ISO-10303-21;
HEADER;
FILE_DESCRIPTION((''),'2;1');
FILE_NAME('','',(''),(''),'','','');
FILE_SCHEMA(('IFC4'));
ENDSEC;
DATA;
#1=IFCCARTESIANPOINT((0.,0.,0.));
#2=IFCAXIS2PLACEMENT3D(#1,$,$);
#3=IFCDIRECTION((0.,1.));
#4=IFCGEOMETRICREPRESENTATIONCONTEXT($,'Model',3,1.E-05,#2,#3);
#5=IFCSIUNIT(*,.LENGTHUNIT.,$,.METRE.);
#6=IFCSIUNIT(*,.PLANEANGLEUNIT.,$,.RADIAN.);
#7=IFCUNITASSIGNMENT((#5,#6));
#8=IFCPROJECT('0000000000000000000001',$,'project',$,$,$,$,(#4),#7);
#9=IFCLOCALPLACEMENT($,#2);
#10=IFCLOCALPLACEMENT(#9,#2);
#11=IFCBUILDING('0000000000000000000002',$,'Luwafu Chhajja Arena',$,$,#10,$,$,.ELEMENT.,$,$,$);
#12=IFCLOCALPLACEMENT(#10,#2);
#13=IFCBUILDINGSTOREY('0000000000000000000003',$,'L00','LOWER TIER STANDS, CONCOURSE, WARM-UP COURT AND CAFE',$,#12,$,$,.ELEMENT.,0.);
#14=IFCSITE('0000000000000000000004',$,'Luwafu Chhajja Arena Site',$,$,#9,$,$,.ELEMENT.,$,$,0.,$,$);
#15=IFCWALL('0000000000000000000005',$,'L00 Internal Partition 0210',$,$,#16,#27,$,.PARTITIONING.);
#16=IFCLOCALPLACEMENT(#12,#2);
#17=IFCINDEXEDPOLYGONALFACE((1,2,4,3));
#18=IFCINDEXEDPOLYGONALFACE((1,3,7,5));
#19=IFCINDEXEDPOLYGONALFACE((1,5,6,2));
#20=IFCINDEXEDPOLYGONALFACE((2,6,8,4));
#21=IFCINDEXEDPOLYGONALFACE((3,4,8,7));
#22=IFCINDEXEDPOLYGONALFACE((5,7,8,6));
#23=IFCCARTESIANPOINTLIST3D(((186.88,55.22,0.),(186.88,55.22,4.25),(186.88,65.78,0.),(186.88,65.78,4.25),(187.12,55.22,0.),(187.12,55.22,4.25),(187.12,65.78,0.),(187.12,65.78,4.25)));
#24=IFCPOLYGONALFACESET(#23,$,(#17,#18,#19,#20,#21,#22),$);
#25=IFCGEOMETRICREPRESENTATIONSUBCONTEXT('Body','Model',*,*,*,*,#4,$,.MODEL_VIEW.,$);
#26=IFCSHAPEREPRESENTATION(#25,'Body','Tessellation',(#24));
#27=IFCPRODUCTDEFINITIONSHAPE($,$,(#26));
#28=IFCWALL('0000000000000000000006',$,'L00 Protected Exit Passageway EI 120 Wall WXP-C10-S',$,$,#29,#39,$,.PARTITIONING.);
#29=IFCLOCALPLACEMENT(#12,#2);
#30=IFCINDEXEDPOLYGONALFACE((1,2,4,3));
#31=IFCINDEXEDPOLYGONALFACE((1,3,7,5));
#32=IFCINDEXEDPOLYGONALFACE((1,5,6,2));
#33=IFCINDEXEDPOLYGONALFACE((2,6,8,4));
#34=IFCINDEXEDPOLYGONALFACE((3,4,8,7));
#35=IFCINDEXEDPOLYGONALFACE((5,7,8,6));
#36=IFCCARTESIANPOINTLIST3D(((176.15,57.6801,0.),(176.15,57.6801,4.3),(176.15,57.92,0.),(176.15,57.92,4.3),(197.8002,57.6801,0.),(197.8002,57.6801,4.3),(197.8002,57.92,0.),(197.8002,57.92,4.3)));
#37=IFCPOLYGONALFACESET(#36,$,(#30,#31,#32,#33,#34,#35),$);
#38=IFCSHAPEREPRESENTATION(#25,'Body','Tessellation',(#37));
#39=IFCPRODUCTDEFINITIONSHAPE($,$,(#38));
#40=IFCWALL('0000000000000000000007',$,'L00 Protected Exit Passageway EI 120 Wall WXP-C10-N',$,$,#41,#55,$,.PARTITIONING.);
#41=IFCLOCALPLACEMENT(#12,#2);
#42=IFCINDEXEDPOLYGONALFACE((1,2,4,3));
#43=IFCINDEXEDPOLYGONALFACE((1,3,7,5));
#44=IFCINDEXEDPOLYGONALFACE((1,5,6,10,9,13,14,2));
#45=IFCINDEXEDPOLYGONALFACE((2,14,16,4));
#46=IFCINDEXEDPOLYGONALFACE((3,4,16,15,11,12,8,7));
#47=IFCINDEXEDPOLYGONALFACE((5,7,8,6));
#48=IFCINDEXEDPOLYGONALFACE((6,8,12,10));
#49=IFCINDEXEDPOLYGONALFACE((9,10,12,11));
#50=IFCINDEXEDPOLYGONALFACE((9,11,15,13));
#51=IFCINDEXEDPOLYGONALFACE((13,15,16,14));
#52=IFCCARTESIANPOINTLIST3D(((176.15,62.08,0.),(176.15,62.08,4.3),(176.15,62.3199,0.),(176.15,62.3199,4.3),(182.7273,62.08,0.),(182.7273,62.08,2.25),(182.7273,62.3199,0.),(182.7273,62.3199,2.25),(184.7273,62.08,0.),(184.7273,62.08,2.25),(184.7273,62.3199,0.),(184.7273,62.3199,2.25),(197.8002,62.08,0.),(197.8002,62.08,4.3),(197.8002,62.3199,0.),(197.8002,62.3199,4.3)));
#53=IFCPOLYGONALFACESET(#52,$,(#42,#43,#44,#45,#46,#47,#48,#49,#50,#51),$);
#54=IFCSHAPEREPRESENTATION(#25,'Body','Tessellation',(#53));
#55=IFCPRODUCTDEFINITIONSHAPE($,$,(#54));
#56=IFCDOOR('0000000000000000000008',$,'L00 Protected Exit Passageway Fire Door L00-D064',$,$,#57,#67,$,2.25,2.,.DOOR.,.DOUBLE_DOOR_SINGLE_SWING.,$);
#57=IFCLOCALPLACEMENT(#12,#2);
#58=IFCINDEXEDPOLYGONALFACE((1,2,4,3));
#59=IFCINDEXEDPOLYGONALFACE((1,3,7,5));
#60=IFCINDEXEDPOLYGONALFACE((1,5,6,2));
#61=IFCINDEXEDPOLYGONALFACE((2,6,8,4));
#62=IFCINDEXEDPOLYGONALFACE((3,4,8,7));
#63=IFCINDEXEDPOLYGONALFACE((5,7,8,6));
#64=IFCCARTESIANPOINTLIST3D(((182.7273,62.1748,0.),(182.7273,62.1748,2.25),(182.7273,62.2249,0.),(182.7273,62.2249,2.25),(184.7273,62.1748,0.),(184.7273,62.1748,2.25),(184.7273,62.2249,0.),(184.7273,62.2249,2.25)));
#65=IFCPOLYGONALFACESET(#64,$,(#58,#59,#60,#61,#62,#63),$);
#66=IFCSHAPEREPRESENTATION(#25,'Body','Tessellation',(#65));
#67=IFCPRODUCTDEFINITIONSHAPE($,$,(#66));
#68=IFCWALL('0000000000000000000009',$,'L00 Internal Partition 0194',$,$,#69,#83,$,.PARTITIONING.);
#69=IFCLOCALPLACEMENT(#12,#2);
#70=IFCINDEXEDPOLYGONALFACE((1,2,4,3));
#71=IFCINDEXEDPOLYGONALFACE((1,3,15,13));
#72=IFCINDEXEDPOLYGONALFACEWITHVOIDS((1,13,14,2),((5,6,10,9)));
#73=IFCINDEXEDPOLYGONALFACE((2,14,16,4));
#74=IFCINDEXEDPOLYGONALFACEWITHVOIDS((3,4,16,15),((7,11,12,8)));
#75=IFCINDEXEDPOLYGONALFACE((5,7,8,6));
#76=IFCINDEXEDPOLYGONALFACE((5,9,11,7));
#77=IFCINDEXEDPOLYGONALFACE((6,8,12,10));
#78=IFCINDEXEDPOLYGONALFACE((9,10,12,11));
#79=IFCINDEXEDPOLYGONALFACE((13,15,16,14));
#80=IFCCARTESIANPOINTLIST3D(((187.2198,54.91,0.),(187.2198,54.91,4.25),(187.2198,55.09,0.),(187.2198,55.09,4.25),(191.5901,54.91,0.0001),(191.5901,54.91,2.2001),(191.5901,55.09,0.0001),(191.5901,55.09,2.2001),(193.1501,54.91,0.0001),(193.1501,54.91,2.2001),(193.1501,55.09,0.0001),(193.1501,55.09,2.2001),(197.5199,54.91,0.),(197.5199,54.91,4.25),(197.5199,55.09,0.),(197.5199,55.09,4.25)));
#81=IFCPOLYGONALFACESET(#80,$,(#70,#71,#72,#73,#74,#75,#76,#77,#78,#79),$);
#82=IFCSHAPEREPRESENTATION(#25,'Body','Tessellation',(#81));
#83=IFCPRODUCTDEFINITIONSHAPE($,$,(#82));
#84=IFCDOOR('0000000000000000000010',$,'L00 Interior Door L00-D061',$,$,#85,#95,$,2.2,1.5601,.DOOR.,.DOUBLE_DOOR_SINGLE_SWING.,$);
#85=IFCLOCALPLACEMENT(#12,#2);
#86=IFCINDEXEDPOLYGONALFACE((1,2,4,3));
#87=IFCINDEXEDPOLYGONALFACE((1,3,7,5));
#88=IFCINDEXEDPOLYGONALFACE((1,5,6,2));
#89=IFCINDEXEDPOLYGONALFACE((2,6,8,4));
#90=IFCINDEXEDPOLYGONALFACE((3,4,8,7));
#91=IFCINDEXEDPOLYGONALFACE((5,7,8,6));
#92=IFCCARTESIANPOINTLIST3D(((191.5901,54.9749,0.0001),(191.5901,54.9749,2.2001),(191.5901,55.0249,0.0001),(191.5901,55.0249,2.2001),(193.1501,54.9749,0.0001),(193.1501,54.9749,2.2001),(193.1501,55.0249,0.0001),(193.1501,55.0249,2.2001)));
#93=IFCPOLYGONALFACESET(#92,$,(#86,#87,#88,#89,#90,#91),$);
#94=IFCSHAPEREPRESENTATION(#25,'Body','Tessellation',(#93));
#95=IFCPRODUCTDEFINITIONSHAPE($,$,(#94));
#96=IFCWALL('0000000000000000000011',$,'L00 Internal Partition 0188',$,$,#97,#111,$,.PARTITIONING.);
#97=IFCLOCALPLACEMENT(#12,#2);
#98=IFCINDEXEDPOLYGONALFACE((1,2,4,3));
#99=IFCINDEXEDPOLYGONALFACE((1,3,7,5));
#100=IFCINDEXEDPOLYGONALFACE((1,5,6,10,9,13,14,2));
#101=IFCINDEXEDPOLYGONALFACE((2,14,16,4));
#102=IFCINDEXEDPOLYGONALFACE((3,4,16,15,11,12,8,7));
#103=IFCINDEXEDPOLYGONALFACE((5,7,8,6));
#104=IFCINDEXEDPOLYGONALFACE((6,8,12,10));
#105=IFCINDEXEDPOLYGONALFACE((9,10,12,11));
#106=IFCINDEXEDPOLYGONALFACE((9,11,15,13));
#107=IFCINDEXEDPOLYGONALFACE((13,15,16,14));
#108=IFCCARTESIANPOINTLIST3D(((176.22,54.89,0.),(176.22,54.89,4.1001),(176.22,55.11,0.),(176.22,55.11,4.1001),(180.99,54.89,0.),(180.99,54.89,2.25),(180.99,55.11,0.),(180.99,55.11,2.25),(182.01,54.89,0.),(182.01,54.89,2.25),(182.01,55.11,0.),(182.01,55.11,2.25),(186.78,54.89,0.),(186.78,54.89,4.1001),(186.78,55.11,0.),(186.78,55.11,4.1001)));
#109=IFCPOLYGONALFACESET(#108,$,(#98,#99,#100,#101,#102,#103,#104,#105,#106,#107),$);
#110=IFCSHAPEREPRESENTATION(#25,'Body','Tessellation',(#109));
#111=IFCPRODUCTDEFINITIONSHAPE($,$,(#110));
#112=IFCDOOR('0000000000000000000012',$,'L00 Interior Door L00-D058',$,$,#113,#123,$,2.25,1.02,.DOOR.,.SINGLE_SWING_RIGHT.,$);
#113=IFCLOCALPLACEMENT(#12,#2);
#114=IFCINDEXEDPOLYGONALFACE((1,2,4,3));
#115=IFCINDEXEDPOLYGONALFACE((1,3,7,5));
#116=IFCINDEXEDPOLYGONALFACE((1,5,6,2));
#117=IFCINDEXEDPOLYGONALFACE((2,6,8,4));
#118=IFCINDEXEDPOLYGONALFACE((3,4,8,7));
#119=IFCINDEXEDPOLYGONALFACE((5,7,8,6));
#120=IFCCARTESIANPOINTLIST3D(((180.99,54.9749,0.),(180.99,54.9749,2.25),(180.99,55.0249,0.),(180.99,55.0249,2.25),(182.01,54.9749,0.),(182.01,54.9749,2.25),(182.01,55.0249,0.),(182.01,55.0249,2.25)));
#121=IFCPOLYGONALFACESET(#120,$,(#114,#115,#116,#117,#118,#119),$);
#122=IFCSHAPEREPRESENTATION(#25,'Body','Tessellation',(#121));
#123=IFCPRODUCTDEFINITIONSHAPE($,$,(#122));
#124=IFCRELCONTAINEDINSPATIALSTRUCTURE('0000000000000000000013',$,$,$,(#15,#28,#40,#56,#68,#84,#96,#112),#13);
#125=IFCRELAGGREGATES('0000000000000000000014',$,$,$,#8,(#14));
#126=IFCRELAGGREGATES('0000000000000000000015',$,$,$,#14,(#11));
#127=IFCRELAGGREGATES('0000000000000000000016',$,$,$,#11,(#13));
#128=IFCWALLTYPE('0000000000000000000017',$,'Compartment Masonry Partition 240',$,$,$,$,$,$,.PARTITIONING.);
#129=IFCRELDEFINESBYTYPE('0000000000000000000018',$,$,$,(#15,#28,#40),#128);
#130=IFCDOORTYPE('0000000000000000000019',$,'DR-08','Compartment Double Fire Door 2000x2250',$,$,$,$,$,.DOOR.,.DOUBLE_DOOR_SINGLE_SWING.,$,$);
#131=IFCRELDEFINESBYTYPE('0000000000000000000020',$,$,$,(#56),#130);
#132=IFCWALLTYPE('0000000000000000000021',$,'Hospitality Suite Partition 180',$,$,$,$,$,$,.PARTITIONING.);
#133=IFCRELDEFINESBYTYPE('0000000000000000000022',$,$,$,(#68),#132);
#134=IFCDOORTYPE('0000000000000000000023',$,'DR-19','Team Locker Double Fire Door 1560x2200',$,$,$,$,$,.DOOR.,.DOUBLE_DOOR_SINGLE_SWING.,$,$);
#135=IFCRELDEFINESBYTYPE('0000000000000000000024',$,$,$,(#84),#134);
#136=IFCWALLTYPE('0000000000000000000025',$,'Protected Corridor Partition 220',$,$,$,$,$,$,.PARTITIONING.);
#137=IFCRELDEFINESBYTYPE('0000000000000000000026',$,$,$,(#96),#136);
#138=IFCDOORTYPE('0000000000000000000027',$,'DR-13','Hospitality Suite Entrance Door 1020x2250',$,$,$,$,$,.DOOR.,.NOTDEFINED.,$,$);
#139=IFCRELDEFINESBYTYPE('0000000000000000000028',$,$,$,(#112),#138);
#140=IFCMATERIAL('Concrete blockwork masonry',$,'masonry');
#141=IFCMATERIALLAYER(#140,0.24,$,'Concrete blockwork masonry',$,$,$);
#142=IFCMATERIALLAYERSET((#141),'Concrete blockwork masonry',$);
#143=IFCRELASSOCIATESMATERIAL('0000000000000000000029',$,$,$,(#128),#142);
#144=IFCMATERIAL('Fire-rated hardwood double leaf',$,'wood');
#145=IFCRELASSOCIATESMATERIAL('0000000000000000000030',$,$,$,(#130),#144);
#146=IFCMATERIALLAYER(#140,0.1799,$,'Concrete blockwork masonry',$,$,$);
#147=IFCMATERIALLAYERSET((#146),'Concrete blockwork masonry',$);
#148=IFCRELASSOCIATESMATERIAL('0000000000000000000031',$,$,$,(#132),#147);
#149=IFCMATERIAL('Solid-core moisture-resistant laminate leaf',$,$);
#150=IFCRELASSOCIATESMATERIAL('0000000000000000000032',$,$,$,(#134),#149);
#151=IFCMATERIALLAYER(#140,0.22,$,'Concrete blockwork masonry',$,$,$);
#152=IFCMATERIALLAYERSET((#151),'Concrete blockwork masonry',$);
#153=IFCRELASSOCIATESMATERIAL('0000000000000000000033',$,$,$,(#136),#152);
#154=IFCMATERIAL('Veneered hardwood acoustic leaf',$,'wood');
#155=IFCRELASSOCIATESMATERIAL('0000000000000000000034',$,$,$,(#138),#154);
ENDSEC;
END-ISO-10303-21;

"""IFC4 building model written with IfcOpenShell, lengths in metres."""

from ifc_helpers import new_model, si_unit, direction, frame, frame_2d, origin, place, context, subcontext, project, spatial, rectangle, extrude, material, layer, layer_set, type_object, element, fill, save


model = new_model("IFC4")

# Units and contexts
model_context = context("Model", 3, precision=1e-05, world=origin(), true_north=direction((0.0, 1.0)))
body_context = subcontext(model_context, "Body", "Model", "MODEL_VIEW")
ifc_project = project(units=[si_unit("LENGTHUNIT", "METRE"), si_unit("PLANEANGLEUNIT", "RADIAN")], contexts=[model_context])

# Site, building, storey
site_placement = place(None, origin())
site = spatial("IfcSite", under=ifc_project, at=site_placement, Name="Luwafu Chhajja Arena Site", CompositionType="ELEMENT", RefElevation=0.0)
building_placement = place(site_placement, origin())
building = spatial("IfcBuilding", under=site, at=building_placement, Name="Luwafu Chhajja Arena", CompositionType="ELEMENT")
storey_placement = place(building_placement, origin())
storey = spatial("IfcBuildingStorey", under=building, at=storey_placement, Name="L00", Description="LOWER TIER STANDS, CONCOURSE, WARM-UP COURT AND CAFE", CompositionType="ELEMENT", Elevation=0.0)

# Walls
ifc_material_1 = material(Name="Concrete blockwork masonry", Category="masonry")
ifc_layer_1 = layer(ifc_material_1, 0.24, Name="Concrete blockwork masonry")
ifc_layer_set_1 = layer_set([ifc_layer_1], Name="Concrete blockwork masonry")
wall_type_1 = type_object("IfcWallType", Name="Compartment Masonry Partition 240", PredefinedType="PARTITIONING", material=ifc_layer_set_1)
wall_1_placement = place(storey_placement, frame((187.0, 55.22, 0.0), z_axis=(0.0, 0.0, 1.0), x_axis=(0.0, 1.0, 0.0)))
element("IfcWall", 1, at=wall_1_placement, inside=storey, type_object=wall_type_1, Name="L00 Internal Partition 0210", PredefinedType="PARTITIONING", context=body_context, shape_type="SweptSolid", body=[
    extrude(rectangle(XDim=10.5601, YDim=0.24, at=frame_2d((5.28, 0.0))), origin(), (0.0, 0.0, 1.0), 4.25),
])
wall_2_placement = place(storey_placement, frame((176.1499, 57.8, 0.0), z_axis=(0.0, 0.0, 1.0), x_axis=(1.0, 0.0, 0.0)))
element("IfcWall", 2, at=wall_2_placement, inside=storey, type_object=wall_type_1, Name="L00 Protected Exit Passageway EI 120 Wall WXP-C10-S", PredefinedType="PARTITIONING", context=body_context, shape_type="SweptSolid", body=[
    extrude(rectangle(XDim=21.6501, YDim=0.24, at=frame_2d((10.8252, 0.0))), origin(), (0.0, 0.0, 1.0), 4.3),
])

# Walls, openings, doors
wall_3_placement = place(storey_placement, frame((176.1499, 62.2, 0.0), z_axis=(0.0, 0.0, 1.0), x_axis=(1.0, 0.0, 0.0)))
wall_3 = element("IfcWall", 3, at=wall_3_placement, inside=storey, type_object=wall_type_1, Name="L00 Protected Exit Passageway EI 120 Wall WXP-C10-N", PredefinedType="PARTITIONING", context=body_context, shape_type="SweptSolid", body=[
    extrude(rectangle(XDim=21.6501, YDim=0.24, at=frame_2d((10.8252, 0.0))), origin(), (0.0, 0.0, 1.0), 4.3),
])
opening_1_placement = place(wall_3_placement, frame((6.5774, 0.0, 0.0)))
opening_1 = element("IfcOpeningElement", 4, at=opening_1_placement, cuts=wall_3, PredefinedType="OPENING", context=body_context, shape_type="SweptSolid", body=[
    extrude(rectangle(XDim=2.0, YDim=2.25, at=frame_2d((1.0, 1.125))), frame((0.0, 0.1299, 0.0), z_axis=(0.0, -1.0, 0.0), x_axis=(1.0, 0.0, 0.0)), (0.0, 0.0, 1.0), 0.26),
])
ifc_material_2 = material(Name="Fire-rated hardwood double leaf", Category="wood")
door_type_1 = type_object("IfcDoorType", Name="DR-08", Description="Compartment Double Fire Door 2000x2250", OperationType="DOUBLE_DOOR_SINGLE_SWING", PredefinedType="DOOR", material=ifc_material_2)
door_1_placement = place(opening_1_placement, origin())
door_1 = element("IfcDoor", 5, at=door_1_placement, inside=storey, type_object=door_type_1, Name="L00 Protected Exit Passageway Fire Door L00-D064", OperationType="DOUBLE_DOOR_SINGLE_SWING", OverallHeight=2.25, OverallWidth=2.0, PredefinedType="DOOR", context=body_context, shape_type="SweptSolid", body=[
    extrude(rectangle(XDim=2.0, YDim=2.25, at=frame_2d((1.0, 1.125))), frame((0.0, 0.0249, 0.0), z_axis=(0.0, -1.0, 0.0), x_axis=(1.0, 0.0, 0.0)), (0.0, 0.0, 1.0), 0.05),
])
fill(opening_1, door_1)
ifc_layer_2 = layer(ifc_material_1, 0.1799, Name="Concrete blockwork masonry")
ifc_layer_set_2 = layer_set([ifc_layer_2], Name="Concrete blockwork masonry")
wall_type_2 = type_object("IfcWallType", Name="Hospitality Suite Partition 180", PredefinedType="PARTITIONING", material=ifc_layer_set_2)
wall_4_placement = place(storey_placement, frame((187.22, 55.0, 0.0), z_axis=(0.0, 0.0, 1.0), x_axis=(1.0, 0.0, 0.0)))
wall_4 = element("IfcWall", 6, at=wall_4_placement, inside=storey, type_object=wall_type_2, Name="L00 Internal Partition 0194", PredefinedType="PARTITIONING", context=body_context, shape_type="SweptSolid", body=[
    extrude(rectangle(XDim=10.3, YDim=0.1799, at=frame_2d((5.1499, 0.0))), origin(), (0.0, 0.0, 1.0), 4.25),
])
opening_2_placement = place(wall_4_placement, frame((4.3701, 0.0, 0.0)))
opening_2 = element("IfcOpeningElement", 7, at=opening_2_placement, cuts=wall_4, PredefinedType="OPENING", context=body_context, shape_type="SweptSolid", body=[
    extrude(rectangle(XDim=1.5601, YDim=2.2, at=frame_2d((0.78, 1.1001))), frame((0.0, 0.0999, 0.0), z_axis=(0.0, -1.0, 0.0), x_axis=(1.0, 0.0, 0.0)), (0.0, 0.0, 1.0), 0.2),
])
ifc_material_3 = material(Name="Solid-core moisture-resistant laminate leaf")
door_type_2 = type_object("IfcDoorType", Name="DR-19", Description="Team Locker Double Fire Door 1560x2200", OperationType="DOUBLE_DOOR_SINGLE_SWING", PredefinedType="DOOR", material=ifc_material_3)
door_2_placement = place(opening_2_placement, origin())
door_2 = element("IfcDoor", 8, at=door_2_placement, inside=storey, type_object=door_type_2, Name="L00 Interior Door L00-D061", OperationType="DOUBLE_DOOR_SINGLE_SWING", OverallHeight=2.2, OverallWidth=1.5601, PredefinedType="DOOR", context=body_context, shape_type="SweptSolid", body=[
    extrude(rectangle(XDim=1.5601, YDim=2.2, at=frame_2d((0.78, 1.1001))), frame((0.0, 0.0249, 0.0), z_axis=(0.0, -1.0, 0.0), x_axis=(1.0, 0.0, 0.0)), (0.0, 0.0, 1.0), 0.05),
])
fill(opening_2, door_2)
ifc_layer_3 = layer(ifc_material_1, 0.22, Name="Concrete blockwork masonry")
ifc_layer_set_3 = layer_set([ifc_layer_3], Name="Concrete blockwork masonry")
wall_type_3 = type_object("IfcWallType", Name="Protected Corridor Partition 220", PredefinedType="PARTITIONING", material=ifc_layer_set_3)
wall_5_placement = place(storey_placement, frame((176.22, 55.0, 0.0), z_axis=(0.0, 0.0, 1.0), x_axis=(1.0, 0.0, 0.0)))
wall_5 = element("IfcWall", 9, at=wall_5_placement, inside=storey, type_object=wall_type_3, Name="L00 Internal Partition 0188", PredefinedType="PARTITIONING", context=body_context, shape_type="SweptSolid", body=[
    extrude(rectangle(XDim=10.5601, YDim=0.22, at=frame_2d((5.28, 0.0))), origin(), (0.0, 0.0, 1.0), 4.1001),
])
opening_3_placement = place(wall_5_placement, frame((4.77, 0.0, 0.0)))
opening_3 = element("IfcOpeningElement", 10, at=opening_3_placement, cuts=wall_5, PredefinedType="OPENING", context=body_context, shape_type="SweptSolid", body=[
    extrude(rectangle(XDim=1.02, YDim=2.25, at=frame_2d((0.51, 1.125))), frame((0.0, 0.1199, 0.0), z_axis=(0.0, -1.0, 0.0), x_axis=(1.0, 0.0, 0.0)), (0.0, 0.0, 1.0), 0.24),
])
ifc_material_4 = material(Name="Veneered hardwood acoustic leaf", Category="wood")
door_type_3 = type_object("IfcDoorType", Name="DR-13", Description="Hospitality Suite Entrance Door 1020x2250", OperationType="NOTDEFINED", PredefinedType="DOOR", material=ifc_material_4)
door_3_placement = place(opening_3_placement, origin())
door_3 = element("IfcDoor", 11, at=door_3_placement, inside=storey, type_object=door_type_3, Name="L00 Interior Door L00-D058", OperationType="SINGLE_SWING_RIGHT", OverallHeight=2.25, OverallWidth=1.02, PredefinedType="DOOR", context=body_context, shape_type="SweptSolid", body=[
    extrude(rectangle(XDim=1.02, YDim=2.25, at=frame_2d((0.51, 1.125))), frame((0.0, 0.0249, 0.0), z_axis=(0.0, -1.0, 0.0), x_axis=(1.0, 0.0, 0.0)), (0.0, 0.0, 1.0), 0.05),
])
fill(opening_3, door_3)

save(model, "model.ifc")
